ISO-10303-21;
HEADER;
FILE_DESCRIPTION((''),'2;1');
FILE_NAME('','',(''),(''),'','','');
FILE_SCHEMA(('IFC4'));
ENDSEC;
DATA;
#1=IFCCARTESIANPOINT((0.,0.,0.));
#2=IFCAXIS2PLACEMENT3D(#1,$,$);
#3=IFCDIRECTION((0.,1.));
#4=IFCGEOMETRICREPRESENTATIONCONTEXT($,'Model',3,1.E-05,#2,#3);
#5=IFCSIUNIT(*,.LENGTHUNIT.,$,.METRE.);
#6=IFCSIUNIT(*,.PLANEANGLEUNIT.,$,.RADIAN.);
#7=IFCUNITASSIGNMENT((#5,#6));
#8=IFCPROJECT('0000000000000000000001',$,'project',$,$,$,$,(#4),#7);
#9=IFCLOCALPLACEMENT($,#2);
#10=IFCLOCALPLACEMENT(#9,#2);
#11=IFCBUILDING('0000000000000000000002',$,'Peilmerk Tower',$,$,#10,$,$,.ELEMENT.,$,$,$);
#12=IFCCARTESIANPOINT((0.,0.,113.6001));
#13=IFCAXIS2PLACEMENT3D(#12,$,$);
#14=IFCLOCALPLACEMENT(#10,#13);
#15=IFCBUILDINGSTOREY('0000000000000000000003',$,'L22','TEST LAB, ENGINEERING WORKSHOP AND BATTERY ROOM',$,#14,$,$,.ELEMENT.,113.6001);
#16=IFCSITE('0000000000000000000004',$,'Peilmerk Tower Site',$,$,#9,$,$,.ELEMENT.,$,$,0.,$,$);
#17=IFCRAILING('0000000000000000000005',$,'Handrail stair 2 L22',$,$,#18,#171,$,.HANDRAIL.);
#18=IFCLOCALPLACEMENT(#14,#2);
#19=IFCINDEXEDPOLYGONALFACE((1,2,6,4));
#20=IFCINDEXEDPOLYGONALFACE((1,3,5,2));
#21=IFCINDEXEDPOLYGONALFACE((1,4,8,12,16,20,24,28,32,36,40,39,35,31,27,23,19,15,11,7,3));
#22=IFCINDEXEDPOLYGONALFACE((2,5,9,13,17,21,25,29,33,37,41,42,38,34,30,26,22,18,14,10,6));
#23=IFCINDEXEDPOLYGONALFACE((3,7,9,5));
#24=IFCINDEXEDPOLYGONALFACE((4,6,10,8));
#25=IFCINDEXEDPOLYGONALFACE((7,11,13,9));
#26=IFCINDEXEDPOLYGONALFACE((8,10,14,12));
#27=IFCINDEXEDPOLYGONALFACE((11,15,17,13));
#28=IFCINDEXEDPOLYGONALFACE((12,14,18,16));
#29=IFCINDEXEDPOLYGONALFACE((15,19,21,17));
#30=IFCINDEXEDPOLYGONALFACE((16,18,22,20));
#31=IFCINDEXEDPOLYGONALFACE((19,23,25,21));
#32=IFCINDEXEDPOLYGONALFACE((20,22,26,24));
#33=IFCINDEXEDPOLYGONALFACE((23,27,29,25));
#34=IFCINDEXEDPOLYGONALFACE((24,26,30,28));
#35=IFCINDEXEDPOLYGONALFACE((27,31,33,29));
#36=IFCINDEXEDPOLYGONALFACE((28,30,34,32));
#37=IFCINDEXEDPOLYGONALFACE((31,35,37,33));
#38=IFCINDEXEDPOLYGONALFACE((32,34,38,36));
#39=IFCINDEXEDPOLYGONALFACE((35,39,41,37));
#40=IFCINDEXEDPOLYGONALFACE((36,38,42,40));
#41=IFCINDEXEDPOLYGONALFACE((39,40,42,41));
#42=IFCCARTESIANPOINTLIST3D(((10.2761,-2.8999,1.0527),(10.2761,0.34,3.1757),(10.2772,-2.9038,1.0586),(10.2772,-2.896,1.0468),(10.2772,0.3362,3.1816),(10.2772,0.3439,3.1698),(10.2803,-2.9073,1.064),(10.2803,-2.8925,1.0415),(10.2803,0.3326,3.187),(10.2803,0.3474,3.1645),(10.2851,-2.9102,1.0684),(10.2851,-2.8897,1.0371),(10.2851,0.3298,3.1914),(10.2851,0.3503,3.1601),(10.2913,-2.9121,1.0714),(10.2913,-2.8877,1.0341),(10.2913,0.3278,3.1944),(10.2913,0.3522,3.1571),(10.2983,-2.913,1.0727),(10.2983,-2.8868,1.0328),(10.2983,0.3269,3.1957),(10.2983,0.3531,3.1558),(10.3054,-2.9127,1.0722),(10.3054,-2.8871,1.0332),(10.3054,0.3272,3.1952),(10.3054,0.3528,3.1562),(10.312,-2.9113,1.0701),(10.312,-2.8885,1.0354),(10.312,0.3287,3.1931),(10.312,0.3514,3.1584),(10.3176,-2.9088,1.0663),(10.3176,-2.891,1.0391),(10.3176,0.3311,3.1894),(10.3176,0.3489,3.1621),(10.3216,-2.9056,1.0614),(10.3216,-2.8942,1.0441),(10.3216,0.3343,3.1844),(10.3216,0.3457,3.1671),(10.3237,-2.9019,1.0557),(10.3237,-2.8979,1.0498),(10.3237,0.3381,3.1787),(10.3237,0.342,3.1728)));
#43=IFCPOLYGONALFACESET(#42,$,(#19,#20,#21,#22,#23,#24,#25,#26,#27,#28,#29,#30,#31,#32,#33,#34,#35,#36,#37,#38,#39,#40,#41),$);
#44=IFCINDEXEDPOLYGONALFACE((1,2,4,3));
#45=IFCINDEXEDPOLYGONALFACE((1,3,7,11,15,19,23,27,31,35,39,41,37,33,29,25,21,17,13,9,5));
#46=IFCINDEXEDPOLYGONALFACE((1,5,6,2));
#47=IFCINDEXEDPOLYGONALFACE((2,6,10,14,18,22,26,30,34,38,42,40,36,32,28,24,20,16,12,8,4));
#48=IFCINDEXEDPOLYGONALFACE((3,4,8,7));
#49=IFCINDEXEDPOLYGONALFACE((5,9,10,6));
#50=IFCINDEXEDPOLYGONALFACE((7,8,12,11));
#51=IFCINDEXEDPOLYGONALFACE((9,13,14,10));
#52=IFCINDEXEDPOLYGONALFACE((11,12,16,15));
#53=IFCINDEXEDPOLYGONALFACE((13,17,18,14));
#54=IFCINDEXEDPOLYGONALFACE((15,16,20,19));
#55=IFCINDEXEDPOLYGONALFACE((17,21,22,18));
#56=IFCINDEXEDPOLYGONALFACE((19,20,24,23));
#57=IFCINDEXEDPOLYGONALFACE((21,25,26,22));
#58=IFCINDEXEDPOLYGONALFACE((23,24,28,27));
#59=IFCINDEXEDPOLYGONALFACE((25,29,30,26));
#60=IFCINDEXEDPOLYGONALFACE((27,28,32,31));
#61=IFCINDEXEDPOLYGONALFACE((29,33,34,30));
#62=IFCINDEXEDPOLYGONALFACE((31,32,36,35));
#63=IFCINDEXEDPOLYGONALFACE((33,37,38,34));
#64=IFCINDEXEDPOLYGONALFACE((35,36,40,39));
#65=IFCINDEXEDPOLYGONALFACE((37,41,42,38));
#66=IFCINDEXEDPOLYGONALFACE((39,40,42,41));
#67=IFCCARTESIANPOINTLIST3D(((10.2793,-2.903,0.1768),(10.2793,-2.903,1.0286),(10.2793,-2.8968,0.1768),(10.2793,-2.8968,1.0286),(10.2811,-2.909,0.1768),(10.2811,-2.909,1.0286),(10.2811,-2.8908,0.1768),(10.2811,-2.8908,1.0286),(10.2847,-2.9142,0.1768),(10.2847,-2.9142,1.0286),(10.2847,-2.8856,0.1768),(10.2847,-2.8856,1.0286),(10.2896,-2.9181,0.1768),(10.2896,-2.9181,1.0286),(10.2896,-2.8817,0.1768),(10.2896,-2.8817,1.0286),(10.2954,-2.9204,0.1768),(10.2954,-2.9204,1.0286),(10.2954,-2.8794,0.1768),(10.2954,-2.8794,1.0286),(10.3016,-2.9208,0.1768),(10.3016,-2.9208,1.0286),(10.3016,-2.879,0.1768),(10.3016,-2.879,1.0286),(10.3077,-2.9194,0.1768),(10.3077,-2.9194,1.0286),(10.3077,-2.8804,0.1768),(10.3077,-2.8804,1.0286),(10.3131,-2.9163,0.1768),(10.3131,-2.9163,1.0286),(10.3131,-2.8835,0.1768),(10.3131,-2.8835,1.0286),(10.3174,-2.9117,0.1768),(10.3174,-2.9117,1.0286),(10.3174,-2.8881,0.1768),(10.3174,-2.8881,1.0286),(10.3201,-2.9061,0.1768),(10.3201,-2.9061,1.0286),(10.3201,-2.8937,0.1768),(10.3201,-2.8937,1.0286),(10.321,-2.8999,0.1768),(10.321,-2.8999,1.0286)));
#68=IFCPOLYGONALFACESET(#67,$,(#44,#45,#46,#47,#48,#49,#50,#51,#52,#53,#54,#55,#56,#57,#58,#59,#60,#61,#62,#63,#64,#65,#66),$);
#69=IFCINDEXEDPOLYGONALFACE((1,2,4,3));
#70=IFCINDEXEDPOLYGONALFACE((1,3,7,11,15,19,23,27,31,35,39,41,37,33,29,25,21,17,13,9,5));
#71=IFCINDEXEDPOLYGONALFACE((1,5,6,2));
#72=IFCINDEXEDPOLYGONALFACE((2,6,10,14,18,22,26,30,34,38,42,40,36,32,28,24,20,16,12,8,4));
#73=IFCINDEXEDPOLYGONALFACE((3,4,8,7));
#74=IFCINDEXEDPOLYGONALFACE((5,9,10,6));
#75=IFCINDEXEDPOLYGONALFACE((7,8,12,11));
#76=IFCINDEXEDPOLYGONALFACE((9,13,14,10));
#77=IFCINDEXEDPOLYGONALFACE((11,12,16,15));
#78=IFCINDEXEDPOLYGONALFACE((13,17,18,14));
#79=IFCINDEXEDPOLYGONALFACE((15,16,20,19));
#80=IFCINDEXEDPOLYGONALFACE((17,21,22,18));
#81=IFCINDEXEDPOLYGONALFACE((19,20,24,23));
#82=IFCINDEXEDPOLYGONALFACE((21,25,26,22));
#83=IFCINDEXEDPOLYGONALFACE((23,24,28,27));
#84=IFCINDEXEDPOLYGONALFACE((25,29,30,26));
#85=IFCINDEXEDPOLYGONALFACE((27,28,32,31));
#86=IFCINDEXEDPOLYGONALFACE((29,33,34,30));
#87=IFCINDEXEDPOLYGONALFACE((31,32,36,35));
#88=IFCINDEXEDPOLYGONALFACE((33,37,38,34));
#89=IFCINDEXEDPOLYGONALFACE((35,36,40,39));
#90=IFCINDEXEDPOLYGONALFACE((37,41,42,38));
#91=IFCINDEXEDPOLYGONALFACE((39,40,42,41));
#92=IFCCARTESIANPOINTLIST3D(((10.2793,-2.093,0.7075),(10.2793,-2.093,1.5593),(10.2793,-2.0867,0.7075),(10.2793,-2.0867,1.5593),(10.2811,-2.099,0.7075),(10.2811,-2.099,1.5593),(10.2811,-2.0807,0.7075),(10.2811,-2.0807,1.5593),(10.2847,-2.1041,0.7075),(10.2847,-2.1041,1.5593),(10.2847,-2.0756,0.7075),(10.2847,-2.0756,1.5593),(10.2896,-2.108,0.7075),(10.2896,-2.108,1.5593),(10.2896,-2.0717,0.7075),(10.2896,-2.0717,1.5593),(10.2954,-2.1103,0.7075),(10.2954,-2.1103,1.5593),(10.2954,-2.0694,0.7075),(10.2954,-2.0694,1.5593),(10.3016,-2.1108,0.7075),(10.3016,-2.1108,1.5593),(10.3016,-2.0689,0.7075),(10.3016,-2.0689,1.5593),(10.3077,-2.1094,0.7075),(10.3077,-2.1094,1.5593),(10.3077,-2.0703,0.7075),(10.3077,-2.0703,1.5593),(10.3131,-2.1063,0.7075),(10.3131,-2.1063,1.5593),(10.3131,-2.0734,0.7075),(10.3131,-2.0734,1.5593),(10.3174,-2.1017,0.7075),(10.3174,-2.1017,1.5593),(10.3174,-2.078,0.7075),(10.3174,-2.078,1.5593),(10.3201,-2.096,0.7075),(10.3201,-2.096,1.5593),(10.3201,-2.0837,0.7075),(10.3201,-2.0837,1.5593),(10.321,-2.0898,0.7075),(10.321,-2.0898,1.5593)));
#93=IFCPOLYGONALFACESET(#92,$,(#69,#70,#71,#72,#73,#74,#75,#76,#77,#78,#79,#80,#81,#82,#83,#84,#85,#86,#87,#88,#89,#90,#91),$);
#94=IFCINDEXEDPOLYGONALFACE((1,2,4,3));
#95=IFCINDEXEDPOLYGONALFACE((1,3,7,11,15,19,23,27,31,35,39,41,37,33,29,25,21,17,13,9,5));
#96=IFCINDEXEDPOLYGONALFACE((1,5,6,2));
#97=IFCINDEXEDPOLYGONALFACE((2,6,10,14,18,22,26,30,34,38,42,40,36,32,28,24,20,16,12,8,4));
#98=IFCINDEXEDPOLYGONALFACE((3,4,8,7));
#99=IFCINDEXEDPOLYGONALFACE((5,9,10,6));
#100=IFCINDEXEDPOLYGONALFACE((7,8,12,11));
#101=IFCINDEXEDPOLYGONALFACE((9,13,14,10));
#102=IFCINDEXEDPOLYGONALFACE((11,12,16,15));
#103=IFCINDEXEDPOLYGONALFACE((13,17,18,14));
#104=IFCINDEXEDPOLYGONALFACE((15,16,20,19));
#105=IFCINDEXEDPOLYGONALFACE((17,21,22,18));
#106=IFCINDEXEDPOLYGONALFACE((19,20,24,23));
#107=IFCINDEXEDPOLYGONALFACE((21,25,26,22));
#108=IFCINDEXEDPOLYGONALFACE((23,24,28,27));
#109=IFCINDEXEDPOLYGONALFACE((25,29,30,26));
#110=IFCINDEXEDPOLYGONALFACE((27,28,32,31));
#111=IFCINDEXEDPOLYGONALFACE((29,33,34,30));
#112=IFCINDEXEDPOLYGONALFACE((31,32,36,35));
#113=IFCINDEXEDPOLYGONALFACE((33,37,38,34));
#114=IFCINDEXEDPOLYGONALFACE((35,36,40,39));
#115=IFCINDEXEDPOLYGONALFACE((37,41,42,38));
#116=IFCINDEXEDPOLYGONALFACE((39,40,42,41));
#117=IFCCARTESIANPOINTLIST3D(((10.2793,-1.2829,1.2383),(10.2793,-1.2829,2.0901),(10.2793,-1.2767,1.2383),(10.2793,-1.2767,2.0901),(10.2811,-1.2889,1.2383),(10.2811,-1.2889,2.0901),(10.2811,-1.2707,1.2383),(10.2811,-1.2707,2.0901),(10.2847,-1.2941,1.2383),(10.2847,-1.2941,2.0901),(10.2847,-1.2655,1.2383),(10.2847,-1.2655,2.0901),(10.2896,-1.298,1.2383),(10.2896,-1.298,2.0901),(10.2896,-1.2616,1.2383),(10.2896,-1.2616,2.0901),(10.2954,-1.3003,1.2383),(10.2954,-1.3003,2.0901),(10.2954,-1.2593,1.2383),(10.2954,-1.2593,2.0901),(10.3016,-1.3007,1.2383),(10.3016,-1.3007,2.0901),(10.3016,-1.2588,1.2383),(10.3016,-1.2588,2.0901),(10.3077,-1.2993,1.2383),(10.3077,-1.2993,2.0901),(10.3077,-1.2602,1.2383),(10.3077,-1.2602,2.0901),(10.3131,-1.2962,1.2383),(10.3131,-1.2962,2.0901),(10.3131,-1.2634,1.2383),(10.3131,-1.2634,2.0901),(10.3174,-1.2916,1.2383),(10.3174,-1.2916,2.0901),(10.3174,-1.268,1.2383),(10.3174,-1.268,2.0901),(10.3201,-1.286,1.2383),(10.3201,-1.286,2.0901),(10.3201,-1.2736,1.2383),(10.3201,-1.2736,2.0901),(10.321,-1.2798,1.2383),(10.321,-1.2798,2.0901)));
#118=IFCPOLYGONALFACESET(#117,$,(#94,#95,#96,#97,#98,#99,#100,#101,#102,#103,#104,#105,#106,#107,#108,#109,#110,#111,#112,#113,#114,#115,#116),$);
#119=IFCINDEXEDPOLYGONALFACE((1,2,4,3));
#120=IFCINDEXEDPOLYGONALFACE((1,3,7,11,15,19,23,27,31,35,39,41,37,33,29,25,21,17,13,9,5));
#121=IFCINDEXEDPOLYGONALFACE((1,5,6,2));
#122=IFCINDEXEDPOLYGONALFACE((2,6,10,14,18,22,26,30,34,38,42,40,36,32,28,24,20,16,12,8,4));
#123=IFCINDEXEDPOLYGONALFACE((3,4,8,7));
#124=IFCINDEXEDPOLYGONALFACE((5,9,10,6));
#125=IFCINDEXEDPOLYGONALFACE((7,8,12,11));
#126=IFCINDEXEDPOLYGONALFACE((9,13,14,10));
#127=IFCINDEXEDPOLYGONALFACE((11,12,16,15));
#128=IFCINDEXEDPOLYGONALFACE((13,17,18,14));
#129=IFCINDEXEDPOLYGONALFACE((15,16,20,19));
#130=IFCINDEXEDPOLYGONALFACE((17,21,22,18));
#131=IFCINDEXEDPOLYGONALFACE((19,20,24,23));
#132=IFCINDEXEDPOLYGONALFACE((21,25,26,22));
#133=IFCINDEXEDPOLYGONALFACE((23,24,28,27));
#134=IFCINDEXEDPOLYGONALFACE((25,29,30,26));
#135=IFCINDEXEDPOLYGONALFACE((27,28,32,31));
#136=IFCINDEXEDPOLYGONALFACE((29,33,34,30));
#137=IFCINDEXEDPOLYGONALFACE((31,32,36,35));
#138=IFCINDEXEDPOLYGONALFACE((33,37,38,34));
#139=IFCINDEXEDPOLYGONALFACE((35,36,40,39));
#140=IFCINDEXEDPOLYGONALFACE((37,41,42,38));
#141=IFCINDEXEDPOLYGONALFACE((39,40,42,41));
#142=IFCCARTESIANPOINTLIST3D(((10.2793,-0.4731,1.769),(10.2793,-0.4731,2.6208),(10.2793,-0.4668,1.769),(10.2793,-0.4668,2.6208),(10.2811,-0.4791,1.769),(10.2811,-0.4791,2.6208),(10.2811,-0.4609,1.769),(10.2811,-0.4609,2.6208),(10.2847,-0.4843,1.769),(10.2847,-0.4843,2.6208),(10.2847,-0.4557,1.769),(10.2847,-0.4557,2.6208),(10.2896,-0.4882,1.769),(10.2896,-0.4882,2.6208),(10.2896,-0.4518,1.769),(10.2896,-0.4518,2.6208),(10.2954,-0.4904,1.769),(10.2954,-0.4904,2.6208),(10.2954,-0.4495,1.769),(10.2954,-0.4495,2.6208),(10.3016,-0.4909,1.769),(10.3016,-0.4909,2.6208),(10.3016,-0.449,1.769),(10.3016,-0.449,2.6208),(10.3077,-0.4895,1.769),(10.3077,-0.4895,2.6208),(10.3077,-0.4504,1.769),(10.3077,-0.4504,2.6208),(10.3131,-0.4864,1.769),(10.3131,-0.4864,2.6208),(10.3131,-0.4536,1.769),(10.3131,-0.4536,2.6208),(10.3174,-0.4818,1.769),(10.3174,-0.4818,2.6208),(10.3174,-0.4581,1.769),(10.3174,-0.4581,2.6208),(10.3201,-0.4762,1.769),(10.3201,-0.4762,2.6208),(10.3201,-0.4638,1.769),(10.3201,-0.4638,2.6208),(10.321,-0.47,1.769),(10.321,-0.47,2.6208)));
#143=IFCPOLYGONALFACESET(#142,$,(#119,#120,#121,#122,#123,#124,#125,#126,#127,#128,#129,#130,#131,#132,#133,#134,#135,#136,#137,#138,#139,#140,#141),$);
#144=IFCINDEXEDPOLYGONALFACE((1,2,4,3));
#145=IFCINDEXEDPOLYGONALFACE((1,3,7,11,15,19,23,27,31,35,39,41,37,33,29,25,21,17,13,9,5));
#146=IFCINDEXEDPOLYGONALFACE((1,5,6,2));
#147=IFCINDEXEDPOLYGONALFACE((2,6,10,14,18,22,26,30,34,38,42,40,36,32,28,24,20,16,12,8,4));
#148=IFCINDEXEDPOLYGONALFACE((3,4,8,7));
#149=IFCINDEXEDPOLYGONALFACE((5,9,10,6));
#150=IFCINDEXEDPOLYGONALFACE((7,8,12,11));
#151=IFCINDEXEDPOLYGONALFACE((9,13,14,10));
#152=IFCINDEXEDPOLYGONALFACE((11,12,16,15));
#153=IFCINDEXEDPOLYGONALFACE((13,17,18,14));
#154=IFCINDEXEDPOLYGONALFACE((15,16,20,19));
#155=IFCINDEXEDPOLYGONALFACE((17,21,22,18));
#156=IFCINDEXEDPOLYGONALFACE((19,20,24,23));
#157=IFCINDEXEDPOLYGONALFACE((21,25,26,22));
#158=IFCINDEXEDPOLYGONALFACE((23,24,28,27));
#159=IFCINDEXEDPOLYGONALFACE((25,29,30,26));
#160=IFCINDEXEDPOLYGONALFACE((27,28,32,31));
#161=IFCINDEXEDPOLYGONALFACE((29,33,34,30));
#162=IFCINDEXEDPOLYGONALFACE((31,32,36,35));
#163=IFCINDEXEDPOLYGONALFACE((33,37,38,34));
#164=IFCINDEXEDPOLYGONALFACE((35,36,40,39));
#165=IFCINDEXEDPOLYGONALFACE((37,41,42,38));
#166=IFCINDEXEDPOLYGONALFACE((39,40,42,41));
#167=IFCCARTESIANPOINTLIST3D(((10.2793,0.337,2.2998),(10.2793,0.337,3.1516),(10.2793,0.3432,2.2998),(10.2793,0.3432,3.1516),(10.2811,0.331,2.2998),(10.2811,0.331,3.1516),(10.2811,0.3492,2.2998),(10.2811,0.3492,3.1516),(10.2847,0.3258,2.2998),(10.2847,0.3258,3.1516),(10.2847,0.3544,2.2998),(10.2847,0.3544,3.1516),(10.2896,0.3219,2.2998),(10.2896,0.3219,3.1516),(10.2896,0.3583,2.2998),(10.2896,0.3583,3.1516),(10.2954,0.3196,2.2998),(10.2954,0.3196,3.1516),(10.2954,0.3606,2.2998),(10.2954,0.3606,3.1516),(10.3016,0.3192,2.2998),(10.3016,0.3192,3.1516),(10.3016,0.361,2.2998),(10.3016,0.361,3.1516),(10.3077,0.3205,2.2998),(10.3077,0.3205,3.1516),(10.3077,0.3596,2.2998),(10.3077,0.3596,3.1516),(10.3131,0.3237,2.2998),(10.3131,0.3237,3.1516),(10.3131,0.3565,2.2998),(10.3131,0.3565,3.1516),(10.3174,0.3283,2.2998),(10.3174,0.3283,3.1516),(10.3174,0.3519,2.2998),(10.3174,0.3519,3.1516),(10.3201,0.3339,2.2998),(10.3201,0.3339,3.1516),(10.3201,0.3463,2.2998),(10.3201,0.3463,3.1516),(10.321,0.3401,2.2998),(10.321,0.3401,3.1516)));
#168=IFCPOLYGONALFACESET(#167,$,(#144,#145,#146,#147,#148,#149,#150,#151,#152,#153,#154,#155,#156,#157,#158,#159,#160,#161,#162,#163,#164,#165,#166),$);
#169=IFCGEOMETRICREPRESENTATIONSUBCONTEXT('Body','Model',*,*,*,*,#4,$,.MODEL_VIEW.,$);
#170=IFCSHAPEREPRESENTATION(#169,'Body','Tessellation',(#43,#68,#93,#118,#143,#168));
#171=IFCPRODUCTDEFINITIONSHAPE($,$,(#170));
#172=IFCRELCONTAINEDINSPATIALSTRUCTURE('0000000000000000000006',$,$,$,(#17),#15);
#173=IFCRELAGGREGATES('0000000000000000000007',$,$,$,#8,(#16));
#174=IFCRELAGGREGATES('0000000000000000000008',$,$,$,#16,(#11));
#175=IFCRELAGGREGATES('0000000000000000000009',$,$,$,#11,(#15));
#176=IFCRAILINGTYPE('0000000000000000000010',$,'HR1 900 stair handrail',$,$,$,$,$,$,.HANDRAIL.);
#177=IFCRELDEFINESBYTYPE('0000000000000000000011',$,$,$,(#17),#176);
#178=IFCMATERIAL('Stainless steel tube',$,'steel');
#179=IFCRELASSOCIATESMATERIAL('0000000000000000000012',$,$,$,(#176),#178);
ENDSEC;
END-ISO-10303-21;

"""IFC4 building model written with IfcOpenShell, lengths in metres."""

from ifc_helpers import new_model, si_unit, direction, frame, origin, origin_2d, place, context, subcontext, project, spatial, circle, extrude, material, type_object, element, save


model = new_model("IFC4")

# Units and contexts
model_context = context("Model", 3, precision=1e-05, world=origin(), true_north=direction((0.0, 1.0)))
body_context = subcontext(model_context, "Body", "Model", "MODEL_VIEW")
ifc_project = project(units=[si_unit("LENGTHUNIT", "METRE"), si_unit("PLANEANGLEUNIT", "RADIAN")], contexts=[model_context])

# Site, building, storey
site_placement = place(None, origin())
site = spatial("IfcSite", under=ifc_project, at=site_placement, Name="Peilmerk Tower Site", CompositionType="ELEMENT", RefElevation=0.0)
building_placement = place(site_placement, origin())
building = spatial("IfcBuilding", under=site, at=building_placement, Name="Peilmerk Tower", CompositionType="ELEMENT")
storey_placement = place(building_placement, frame((0.0, 0.0, 113.6001)))
storey = spatial("IfcBuildingStorey", under=building, at=storey_placement, Name="L22", Description="TEST LAB, ENGINEERING WORKSHOP AND BATTERY ROOM", CompositionType="ELEMENT", Elevation=113.6001)

# Railing
ifc_material_1 = material(Name="Stainless steel tube", Category="steel")
railing_type_1 = type_object("IfcRailingType", Name="HR1 900 stair handrail", PredefinedType="HANDRAIL", material=ifc_material_1)
railing_1_placement = place(storey_placement, frame((10.3, -2.8999, 0.1768)))
element("IfcRailing", 1, at=railing_1_placement, inside=storey, type_object=railing_type_1, Name="Handrail stair 2 L22", PredefinedType="HANDRAIL", context=body_context, shape_type="SweptSolid", body=[
    extrude(circle(Radius=0.0239, at=origin_2d()), frame((0.0, 0.0, 0.876), z_axis=(0.0, 0.836426, 0.548079), x_axis=(-1.0, 0.0, 0.0)), (0.0, 0.0, 1.0), 3.8735),
    extrude(circle(Radius=0.021, at=origin_2d()), origin(), (0.0, 0.0, 1.0), 0.8518),
    extrude(circle(Radius=0.021, at=origin_2d()), frame((0.0, 0.8101, 0.5308)), (0.0, 0.0, 1.0), 0.8518),
    extrude(circle(Radius=0.021, at=origin_2d()), frame((0.0, 1.6201, 1.0615)), (0.0, 0.0, 1.0), 0.8518),
    extrude(circle(Radius=0.021, at=origin_2d()), frame((0.0, 2.4299, 1.5923)), (0.0, 0.0, 1.0), 0.8518),
    extrude(circle(Radius=0.021, at=origin_2d()), frame((0.0, 3.24, 2.123)), (0.0, 0.0, 1.0), 0.8518),
])

save(model, "model.ifc")
